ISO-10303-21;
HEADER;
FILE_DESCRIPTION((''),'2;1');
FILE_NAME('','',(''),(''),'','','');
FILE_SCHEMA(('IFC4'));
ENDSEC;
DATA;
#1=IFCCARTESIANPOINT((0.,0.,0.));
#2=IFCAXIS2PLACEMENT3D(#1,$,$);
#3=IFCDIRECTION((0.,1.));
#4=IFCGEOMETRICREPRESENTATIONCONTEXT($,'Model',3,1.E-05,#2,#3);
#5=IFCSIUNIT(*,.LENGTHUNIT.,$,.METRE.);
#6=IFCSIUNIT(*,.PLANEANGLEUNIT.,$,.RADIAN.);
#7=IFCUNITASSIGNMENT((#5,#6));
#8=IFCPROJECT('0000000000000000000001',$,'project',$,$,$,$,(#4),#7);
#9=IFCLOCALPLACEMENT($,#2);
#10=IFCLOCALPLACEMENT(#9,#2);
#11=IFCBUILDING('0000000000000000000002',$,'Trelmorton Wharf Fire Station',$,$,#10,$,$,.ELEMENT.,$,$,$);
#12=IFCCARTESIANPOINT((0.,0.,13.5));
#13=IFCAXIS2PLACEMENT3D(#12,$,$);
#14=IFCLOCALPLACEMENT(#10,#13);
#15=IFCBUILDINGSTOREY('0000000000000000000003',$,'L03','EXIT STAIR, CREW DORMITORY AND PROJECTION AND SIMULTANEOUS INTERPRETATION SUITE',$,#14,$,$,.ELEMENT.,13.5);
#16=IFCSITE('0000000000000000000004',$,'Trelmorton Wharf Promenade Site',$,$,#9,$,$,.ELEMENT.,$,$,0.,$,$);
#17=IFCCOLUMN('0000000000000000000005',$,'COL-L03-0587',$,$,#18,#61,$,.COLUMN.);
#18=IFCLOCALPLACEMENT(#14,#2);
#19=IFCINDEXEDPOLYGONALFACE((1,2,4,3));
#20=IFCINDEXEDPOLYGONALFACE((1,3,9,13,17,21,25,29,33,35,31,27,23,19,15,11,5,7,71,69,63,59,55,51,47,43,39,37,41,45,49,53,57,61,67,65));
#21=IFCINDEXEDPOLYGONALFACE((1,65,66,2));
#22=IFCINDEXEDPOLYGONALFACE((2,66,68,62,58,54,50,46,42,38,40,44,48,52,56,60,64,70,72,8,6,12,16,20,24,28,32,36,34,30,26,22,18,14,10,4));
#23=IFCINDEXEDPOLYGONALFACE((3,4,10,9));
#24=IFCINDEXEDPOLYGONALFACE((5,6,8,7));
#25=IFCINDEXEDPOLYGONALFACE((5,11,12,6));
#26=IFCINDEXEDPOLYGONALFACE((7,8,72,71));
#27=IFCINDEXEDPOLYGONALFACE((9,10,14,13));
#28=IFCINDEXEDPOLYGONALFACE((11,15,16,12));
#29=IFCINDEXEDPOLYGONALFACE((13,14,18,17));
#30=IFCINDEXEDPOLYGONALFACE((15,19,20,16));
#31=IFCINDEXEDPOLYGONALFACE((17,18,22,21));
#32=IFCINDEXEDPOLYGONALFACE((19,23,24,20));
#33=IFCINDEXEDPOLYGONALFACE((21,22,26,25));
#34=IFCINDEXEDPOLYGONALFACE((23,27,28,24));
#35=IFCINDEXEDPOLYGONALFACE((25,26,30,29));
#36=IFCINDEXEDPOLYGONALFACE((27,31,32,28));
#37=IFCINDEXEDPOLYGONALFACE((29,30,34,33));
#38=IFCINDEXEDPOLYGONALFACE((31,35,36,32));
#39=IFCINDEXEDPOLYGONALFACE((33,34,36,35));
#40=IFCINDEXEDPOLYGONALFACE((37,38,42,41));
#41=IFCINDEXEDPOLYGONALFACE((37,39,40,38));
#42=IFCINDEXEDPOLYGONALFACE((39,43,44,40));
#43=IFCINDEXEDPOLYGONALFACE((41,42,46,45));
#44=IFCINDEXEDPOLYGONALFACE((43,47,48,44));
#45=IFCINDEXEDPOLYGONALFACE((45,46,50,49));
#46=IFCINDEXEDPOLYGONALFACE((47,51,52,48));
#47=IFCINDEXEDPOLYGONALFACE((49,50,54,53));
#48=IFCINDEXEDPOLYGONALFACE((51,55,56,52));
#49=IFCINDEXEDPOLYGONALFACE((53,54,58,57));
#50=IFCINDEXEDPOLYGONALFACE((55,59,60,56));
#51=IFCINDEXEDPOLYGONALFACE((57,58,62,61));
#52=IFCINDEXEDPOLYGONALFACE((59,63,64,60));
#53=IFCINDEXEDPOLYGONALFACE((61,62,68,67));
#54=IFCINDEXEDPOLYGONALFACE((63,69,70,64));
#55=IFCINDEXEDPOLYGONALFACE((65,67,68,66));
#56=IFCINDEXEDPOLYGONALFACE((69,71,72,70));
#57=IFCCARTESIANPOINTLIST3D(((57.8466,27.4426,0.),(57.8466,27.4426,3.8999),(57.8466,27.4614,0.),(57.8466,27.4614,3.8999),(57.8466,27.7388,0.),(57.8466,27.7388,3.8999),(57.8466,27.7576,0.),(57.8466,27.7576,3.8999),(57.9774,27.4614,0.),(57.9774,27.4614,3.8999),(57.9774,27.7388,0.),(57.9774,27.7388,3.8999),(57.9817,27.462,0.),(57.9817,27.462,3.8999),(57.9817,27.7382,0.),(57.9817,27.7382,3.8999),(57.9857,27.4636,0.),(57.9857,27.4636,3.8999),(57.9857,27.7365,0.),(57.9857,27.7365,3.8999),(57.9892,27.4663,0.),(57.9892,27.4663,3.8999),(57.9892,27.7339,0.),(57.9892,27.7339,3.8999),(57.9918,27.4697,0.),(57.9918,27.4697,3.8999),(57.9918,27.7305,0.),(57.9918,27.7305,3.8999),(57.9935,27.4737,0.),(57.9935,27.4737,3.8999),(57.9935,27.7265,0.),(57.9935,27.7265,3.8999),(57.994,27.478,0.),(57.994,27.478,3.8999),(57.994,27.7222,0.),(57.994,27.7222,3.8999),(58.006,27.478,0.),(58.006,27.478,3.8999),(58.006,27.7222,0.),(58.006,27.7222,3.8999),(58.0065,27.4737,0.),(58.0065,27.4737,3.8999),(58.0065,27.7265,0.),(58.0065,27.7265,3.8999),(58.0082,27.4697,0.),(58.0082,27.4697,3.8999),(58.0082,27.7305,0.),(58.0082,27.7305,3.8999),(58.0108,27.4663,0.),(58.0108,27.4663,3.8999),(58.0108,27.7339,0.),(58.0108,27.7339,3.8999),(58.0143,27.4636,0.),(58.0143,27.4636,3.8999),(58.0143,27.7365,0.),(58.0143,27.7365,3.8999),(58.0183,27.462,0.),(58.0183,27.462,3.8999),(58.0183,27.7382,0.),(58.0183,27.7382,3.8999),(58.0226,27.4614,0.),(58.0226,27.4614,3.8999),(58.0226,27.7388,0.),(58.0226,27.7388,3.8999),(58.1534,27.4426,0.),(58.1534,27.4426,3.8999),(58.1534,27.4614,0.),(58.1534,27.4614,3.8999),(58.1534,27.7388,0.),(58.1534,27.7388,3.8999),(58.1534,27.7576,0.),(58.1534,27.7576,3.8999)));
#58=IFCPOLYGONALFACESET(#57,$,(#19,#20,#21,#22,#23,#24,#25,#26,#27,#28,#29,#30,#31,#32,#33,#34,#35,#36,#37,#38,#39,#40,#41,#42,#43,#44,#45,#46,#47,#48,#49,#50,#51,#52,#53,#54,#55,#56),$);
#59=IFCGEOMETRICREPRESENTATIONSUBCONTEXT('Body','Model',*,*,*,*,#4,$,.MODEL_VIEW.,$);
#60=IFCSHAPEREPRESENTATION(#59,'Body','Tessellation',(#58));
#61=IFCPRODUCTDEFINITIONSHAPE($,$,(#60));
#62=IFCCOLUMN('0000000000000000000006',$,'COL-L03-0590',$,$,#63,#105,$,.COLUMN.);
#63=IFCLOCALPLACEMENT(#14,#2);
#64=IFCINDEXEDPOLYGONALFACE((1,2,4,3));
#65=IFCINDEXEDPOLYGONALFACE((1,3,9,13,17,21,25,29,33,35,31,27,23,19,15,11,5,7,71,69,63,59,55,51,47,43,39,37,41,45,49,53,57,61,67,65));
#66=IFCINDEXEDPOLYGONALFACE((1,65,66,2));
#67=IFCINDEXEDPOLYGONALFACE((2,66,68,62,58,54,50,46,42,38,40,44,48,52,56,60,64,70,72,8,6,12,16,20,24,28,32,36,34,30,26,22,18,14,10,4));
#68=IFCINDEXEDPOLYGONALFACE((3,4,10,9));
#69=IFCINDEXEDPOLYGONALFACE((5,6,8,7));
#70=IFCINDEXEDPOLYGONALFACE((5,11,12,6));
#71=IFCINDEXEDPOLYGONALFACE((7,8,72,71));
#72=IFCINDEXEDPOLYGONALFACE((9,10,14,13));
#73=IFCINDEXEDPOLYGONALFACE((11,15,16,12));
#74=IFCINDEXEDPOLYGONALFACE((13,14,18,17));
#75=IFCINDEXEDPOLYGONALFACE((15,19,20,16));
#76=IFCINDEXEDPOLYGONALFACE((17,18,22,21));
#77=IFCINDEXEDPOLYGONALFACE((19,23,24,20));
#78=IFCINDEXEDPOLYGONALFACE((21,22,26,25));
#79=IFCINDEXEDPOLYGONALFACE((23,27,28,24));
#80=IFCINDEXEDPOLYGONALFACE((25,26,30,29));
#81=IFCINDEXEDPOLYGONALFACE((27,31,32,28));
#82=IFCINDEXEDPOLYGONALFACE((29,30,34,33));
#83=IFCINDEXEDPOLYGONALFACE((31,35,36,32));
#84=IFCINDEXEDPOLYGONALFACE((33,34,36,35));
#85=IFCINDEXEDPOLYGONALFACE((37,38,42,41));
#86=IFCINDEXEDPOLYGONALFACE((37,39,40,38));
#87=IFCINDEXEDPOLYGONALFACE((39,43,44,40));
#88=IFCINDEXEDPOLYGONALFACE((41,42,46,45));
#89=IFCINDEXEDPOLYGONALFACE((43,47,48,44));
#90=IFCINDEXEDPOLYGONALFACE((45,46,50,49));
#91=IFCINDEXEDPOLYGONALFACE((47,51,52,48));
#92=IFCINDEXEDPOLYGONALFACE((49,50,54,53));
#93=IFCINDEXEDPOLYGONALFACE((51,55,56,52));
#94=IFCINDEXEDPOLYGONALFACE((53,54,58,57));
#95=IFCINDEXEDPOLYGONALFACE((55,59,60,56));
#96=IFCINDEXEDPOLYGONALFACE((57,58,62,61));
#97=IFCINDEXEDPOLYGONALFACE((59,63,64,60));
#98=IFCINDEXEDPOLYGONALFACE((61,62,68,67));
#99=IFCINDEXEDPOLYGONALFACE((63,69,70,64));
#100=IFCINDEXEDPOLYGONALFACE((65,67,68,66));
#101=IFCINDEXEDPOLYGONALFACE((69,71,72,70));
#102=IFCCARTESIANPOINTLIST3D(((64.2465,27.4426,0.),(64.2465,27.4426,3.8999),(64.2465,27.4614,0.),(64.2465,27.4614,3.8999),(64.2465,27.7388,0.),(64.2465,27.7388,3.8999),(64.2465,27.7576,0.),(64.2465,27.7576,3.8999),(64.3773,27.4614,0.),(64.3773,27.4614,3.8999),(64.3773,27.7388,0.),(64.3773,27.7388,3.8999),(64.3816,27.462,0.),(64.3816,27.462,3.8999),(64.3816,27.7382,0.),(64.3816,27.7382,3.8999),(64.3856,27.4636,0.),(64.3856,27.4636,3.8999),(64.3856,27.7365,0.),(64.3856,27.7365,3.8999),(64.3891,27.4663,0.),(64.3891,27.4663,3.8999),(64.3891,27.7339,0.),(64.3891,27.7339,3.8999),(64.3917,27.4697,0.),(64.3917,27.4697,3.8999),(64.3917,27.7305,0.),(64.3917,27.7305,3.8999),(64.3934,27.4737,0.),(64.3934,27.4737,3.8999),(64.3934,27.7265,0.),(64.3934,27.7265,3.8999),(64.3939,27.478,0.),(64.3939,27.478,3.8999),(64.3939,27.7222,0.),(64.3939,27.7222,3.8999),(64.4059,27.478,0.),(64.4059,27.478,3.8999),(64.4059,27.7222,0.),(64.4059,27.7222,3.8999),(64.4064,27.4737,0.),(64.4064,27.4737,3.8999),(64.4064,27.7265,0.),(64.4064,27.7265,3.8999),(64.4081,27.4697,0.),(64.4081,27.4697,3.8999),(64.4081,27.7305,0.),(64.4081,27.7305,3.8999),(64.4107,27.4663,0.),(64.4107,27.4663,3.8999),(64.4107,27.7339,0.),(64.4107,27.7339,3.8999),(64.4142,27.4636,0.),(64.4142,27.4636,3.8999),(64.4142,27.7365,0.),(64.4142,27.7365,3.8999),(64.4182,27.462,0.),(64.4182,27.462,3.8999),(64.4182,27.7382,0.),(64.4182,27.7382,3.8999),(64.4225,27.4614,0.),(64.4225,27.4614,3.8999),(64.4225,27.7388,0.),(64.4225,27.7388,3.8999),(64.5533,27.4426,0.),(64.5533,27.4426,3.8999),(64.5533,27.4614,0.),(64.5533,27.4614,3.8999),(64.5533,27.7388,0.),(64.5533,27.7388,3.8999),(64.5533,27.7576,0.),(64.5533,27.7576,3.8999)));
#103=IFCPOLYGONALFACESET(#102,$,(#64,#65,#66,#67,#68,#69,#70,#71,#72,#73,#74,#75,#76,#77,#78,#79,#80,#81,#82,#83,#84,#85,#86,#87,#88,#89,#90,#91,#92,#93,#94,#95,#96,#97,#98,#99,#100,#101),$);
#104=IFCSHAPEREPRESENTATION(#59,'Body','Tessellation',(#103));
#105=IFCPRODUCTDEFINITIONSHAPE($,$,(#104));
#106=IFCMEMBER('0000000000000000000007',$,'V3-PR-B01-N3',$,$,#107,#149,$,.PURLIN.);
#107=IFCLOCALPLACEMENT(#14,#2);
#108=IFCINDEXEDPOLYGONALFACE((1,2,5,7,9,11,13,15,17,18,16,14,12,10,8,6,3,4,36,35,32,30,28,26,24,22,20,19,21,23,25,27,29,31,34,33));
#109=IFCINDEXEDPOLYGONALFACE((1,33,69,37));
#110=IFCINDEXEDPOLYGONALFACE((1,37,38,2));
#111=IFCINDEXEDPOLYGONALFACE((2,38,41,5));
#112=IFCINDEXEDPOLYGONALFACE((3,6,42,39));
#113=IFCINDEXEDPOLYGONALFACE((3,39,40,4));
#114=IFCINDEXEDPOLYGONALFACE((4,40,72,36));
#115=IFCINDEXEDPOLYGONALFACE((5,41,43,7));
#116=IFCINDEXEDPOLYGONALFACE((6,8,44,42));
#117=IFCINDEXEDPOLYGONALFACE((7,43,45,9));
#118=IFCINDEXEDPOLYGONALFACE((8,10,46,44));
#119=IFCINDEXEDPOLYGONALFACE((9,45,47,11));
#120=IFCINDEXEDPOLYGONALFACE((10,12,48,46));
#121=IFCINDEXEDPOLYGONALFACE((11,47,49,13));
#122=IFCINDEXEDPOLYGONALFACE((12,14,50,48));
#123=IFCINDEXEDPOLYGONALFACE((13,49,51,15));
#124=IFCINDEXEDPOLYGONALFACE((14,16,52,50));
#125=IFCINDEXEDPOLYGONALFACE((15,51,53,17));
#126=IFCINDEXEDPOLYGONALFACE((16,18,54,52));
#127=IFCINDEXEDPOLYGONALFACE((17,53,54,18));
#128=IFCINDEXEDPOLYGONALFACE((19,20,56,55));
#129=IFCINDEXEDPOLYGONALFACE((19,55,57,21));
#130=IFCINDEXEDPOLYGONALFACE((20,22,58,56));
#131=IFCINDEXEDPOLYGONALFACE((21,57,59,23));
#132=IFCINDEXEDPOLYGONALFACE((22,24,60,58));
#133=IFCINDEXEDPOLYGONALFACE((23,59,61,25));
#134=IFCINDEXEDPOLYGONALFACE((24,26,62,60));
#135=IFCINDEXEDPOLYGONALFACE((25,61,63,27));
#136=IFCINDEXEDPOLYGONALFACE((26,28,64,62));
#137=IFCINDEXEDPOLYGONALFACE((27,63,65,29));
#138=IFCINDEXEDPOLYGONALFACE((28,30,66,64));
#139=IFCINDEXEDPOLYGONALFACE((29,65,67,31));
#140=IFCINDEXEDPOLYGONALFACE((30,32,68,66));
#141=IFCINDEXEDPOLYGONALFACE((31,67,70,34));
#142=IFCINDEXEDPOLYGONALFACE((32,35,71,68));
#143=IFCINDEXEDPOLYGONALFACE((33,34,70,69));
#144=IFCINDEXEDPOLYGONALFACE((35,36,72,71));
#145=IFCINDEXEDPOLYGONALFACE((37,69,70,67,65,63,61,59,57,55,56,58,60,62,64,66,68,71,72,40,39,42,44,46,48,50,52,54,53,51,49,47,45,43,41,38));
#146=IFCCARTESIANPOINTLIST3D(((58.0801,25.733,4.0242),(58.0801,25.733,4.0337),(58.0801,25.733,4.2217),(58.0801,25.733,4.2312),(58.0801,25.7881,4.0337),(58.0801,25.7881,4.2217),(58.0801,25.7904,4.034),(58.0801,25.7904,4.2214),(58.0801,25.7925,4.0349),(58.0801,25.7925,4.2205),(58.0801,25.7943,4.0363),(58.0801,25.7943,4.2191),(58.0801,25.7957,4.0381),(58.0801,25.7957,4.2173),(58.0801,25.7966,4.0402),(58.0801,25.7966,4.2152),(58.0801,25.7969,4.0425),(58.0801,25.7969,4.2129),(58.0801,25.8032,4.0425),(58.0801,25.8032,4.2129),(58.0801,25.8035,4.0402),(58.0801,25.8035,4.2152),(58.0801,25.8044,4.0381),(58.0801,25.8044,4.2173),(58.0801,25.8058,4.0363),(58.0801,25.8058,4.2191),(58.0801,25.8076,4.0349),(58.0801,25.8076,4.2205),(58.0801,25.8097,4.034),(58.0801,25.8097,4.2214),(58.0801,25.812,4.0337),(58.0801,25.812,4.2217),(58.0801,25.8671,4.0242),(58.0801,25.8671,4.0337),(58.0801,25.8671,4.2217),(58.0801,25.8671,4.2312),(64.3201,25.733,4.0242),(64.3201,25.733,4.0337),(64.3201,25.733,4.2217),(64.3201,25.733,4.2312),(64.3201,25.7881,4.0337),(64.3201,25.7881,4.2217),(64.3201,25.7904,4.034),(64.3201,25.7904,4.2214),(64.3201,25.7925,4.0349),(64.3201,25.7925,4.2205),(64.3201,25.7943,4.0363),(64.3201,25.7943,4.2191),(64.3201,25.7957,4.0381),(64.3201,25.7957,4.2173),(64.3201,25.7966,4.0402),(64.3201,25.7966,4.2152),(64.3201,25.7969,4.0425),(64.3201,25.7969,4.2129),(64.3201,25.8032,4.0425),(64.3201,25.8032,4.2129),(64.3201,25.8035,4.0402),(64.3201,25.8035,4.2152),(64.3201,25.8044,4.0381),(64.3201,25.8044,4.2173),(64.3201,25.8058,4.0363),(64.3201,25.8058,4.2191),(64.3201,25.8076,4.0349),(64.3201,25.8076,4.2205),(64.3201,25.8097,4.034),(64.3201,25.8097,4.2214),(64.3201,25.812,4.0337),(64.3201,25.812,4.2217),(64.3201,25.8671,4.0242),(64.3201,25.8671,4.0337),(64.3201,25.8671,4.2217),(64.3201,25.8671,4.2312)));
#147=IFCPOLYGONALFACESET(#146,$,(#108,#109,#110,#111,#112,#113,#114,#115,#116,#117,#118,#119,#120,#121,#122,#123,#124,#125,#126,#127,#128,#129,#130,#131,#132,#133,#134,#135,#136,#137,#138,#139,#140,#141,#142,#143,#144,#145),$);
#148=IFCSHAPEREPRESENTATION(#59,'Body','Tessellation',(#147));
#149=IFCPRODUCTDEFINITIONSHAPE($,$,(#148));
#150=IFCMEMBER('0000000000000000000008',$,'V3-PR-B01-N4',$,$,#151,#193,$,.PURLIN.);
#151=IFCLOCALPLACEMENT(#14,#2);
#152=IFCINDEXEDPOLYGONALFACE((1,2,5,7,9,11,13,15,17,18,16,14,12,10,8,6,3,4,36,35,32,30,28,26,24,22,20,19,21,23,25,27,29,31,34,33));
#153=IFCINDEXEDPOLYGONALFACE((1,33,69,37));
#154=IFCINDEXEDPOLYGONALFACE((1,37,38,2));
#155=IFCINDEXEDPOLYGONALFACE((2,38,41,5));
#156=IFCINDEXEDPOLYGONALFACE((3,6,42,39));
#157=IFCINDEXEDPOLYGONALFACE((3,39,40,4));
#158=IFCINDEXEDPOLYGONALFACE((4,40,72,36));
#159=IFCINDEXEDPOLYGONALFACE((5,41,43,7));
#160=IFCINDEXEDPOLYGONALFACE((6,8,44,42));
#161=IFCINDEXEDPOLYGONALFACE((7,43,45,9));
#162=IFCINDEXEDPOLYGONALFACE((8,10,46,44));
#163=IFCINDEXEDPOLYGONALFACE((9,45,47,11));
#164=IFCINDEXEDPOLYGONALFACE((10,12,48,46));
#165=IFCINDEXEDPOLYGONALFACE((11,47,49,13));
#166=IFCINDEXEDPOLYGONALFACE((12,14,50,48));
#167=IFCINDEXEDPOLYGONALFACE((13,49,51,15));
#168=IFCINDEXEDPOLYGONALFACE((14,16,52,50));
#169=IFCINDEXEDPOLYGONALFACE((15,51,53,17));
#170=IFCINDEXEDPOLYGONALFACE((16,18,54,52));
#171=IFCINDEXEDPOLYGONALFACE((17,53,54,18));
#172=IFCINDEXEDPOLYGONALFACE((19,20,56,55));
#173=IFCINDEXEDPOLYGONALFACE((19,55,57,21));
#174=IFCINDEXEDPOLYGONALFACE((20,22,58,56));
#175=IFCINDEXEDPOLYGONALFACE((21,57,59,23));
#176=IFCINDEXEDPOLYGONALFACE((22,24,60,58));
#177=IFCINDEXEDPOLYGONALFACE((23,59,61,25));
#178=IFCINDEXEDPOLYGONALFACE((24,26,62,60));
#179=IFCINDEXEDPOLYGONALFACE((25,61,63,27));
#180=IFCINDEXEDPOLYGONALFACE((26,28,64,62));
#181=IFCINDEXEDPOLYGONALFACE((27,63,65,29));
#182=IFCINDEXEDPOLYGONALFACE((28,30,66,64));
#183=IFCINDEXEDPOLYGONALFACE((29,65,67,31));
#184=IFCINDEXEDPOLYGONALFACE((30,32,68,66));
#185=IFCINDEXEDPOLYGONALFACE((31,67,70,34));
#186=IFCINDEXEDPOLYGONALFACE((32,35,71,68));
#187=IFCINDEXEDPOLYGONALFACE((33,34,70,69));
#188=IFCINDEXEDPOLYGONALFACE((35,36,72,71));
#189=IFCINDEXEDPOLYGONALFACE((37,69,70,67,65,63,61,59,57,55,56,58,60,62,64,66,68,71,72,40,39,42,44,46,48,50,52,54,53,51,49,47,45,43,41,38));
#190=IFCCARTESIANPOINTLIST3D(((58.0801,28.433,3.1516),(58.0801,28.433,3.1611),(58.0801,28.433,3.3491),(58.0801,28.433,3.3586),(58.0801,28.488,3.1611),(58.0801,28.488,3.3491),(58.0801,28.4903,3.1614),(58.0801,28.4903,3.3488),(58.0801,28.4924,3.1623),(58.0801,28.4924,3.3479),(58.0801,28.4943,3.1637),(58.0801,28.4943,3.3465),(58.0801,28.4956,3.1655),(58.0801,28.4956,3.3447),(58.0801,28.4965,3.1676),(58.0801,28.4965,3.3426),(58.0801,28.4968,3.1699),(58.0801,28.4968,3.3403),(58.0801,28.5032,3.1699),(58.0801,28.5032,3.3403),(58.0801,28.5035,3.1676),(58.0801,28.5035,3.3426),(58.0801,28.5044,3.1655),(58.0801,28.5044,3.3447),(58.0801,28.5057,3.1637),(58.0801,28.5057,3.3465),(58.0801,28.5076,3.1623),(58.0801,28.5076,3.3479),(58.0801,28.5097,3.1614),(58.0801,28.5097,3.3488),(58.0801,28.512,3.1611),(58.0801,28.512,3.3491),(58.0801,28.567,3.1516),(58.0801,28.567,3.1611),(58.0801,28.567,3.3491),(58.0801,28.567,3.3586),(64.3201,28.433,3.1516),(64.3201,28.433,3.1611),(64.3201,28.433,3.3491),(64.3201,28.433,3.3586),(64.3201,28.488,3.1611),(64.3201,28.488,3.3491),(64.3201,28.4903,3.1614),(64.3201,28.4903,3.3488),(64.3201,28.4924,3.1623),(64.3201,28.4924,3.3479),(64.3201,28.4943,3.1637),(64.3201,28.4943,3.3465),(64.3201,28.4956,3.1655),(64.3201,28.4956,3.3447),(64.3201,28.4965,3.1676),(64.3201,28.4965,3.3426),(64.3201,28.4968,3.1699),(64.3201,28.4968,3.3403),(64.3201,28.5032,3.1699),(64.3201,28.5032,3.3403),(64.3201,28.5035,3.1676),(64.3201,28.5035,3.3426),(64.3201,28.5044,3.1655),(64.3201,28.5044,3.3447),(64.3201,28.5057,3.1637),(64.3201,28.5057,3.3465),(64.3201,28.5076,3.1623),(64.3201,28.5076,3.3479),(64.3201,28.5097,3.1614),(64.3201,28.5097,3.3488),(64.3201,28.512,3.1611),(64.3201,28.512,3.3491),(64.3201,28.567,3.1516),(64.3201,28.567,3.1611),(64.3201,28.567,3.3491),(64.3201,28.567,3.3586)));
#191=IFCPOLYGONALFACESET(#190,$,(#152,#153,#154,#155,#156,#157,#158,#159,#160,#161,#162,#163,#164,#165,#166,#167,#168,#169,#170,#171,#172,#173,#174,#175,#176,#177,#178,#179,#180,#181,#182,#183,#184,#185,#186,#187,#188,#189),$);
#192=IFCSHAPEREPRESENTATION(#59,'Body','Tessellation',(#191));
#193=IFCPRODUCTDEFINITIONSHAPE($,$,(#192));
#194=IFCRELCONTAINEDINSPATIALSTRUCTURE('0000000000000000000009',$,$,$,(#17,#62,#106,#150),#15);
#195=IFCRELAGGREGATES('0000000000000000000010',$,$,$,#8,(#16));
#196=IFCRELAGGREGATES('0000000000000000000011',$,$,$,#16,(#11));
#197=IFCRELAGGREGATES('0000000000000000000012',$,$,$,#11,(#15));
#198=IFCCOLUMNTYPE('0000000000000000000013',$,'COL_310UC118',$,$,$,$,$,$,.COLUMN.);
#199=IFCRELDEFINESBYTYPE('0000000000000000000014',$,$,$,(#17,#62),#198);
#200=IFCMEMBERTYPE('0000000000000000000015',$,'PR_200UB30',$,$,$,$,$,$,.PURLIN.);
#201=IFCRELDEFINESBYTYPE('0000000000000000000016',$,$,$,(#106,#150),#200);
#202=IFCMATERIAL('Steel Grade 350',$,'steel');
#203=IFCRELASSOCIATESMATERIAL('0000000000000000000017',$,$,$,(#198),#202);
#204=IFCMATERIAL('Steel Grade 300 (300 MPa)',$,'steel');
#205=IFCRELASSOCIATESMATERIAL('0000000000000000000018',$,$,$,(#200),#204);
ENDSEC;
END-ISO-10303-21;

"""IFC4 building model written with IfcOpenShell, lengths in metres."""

from ifc_helpers import new_model, si_unit, direction, frame, origin, origin_2d, place, context, subcontext, project, spatial, i_section, extrude, material, material_profile, profile_set, type_object, element, save


model = new_model("IFC4")

# Units and contexts
model_context = context("Model", 3, precision=1e-05, world=origin(), true_north=direction((0.0, 1.0)))
body_context = subcontext(model_context, "Body", "Model", "MODEL_VIEW")
ifc_project = project(units=[si_unit("LENGTHUNIT", "METRE"), si_unit("PLANEANGLEUNIT", "RADIAN")], contexts=[model_context])

# Site, building, storey
site_placement = place(None, origin())
site = spatial("IfcSite", under=ifc_project, at=site_placement, Name="Trelmorton Wharf Promenade Site", CompositionType="ELEMENT", RefElevation=0.0)
building_placement = place(site_placement, origin())
building = spatial("IfcBuilding", under=site, at=building_placement, Name="Trelmorton Wharf Fire Station", CompositionType="ELEMENT")
storey_placement = place(building_placement, frame((0.0, 0.0, 13.5)))
storey = spatial("IfcBuildingStorey", under=building, at=storey_placement, Name="L03", Description="EXIT STAIR, CREW DORMITORY AND PROJECTION AND SIMULTANEOUS INTERPRETATION SUITE", CompositionType="ELEMENT", Elevation=13.5)

# Columns
ifc_material_1 = material(Name="Steel Grade 350", Category="steel")
ifc_material_profile_1 = material_profile(ifc_material_1, i_section(OverallWidth=0.3069, OverallDepth=0.3149, WebThickness=0.012, FlangeThickness=0.0188, FilletRadius=0.0166, at=origin_2d()), Name="310UC118")
ifc_profile_set_1 = profile_set([ifc_material_profile_1], Name="Steel Grade 350")
column_type = type_object("IfcColumnType", Name="COL_310UC118", PredefinedType="COLUMN", material=ifc_profile_set_1)
for number, where, z_axis, x_axis, name in (
    (1, (58.0, 27.6001, 0.0), (0.0, 0.0, 1.0), (1.0, 0.0, 0.0), "COL-L03-0587"),
    (2, (64.3999, 27.6001, 0.0), (0.0, 0.0, 1.0), (1.0, 0.0, 0.0), "COL-L03-0590"),
):
    element("IfcColumn", number, at=place(storey_placement, frame(where, z_axis=z_axis, x_axis=x_axis)), inside=storey, type_object=column_type, Name=name, PredefinedType="COLUMN", context=body_context, shape_type="SweptSolid", body=[
        extrude(i_section(OverallWidth=0.3069, OverallDepth=0.3149, WebThickness=0.012, FlangeThickness=0.0188, FilletRadius=0.0166, at=origin_2d()), origin(), (0.0, 0.0, 1.0), 3.8999),
    ])

# Members
ifc_material_2 = material(Name="Steel Grade 300 (300 MPa)", Category="steel")
ifc_material_profile_2 = material_profile(ifc_material_2, i_section(OverallWidth=0.134, OverallDepth=0.207, WebThickness=0.0063, FlangeThickness=0.0095, FilletRadius=0.0088, at=origin_2d()), Name="200UB29.8")
ifc_profile_set_2 = profile_set([ifc_material_profile_2], Name="Steel Grade 300 (300 MPa)")
member_type_1 = type_object("IfcMemberType", Name="PR_200UB30", PredefinedType="PURLIN", material=ifc_profile_set_2)
for number, where, z_axis, x_axis, name in (
    (3, (58.0801, 25.8, 4.1277), (1.0, 0.0, 0.0), (0.0, 1.0, 0.0), "V3-PR-B01-N3"),
    (4, (58.0801, 28.5, 3.2551), (1.0, 0.0, 0.0), (0.0, 1.0, 0.0), "V3-PR-B01-N4"),
):
    element("IfcMember", number, at=place(storey_placement, frame(where, z_axis=z_axis, x_axis=x_axis)), inside=storey, type_object=member_type_1, Name=name, PredefinedType="PURLIN", context=body_context, shape_type="SweptSolid", body=[
        extrude(i_section(OverallWidth=0.134, OverallDepth=0.207, WebThickness=0.0063, FlangeThickness=0.0095, FilletRadius=0.0088, at=origin_2d()), origin(), (0.0, 0.0, 1.0), 6.24),
    ])

save(model, "model.ifc")
